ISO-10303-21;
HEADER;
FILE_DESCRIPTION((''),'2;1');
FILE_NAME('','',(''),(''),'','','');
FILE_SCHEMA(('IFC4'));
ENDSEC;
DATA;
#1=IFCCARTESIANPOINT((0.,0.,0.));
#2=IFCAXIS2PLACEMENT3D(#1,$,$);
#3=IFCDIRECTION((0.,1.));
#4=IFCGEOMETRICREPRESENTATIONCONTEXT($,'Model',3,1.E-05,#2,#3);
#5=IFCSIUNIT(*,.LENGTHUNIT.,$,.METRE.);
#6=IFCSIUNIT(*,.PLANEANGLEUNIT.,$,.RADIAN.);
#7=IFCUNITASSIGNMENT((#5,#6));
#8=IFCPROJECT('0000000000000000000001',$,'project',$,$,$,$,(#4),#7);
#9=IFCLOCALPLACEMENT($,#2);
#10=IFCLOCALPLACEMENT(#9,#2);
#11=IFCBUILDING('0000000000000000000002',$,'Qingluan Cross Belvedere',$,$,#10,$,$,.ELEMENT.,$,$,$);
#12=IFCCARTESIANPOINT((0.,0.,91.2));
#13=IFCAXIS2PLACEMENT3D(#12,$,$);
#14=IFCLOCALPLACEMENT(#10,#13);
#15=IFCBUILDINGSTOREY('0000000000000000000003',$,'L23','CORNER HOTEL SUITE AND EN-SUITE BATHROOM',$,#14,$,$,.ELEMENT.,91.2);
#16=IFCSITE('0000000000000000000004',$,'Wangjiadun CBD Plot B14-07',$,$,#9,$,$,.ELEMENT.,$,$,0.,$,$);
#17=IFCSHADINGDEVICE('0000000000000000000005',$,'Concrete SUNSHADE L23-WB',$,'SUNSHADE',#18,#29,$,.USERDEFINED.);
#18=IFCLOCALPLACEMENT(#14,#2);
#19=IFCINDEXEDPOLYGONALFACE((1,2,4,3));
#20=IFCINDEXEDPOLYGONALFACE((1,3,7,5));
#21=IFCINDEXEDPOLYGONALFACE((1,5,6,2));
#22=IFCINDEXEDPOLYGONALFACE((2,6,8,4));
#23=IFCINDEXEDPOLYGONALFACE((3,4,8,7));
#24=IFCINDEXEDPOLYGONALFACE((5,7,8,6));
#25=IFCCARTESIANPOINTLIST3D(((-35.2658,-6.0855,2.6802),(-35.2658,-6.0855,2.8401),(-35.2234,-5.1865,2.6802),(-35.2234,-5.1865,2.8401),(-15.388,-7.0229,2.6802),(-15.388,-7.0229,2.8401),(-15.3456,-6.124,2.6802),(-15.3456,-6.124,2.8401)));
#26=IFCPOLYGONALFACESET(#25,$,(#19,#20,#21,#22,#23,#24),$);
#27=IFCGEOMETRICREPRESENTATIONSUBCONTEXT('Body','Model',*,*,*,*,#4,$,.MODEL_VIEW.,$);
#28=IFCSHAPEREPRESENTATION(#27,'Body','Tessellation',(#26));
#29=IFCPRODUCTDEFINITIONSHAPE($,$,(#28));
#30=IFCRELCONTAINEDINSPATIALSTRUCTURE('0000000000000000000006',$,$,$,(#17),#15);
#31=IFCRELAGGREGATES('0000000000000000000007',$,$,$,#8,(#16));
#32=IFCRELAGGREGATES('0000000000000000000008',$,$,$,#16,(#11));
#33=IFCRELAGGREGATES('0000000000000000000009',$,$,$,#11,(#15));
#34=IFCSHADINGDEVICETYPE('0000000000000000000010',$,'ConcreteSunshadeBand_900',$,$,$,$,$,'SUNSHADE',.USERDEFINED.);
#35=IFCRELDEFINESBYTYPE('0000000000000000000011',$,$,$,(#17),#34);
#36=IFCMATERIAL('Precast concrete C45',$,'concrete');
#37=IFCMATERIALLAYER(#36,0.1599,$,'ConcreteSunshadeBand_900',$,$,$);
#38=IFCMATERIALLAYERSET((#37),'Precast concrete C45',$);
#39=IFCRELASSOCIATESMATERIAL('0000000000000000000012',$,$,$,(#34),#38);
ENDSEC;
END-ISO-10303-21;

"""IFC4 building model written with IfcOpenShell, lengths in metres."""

from ifc_helpers import new_model, si_unit, direction, frame, origin, origin_2d, place, context, subcontext, project, spatial, rectangle, extrude, material, layer, layer_set, type_object, element, save


model = new_model("IFC4")

# Units and contexts
model_context = context("Model", 3, precision=1e-05, world=origin(), true_north=direction((0.0, 1.0)))
body_context = subcontext(model_context, "Body", "Model", "MODEL_VIEW")
ifc_project = project(units=[si_unit("LENGTHUNIT", "METRE"), si_unit("PLANEANGLEUNIT", "RADIAN")], contexts=[model_context])

# Site, building, storey
site_placement = place(None, origin())
site = spatial("IfcSite", under=ifc_project, at=site_placement, Name="Wangjiadun CBD Plot B14-07", CompositionType="ELEMENT", RefElevation=0.0)
building_placement = place(site_placement, origin())
building = spatial("IfcBuilding", under=site, at=building_placement, Name="Qingluan Cross Belvedere", CompositionType="ELEMENT")
storey_placement = place(building_placement, frame((0.0, 0.0, 91.2)))
storey = spatial("IfcBuildingStorey", under=building, at=storey_placement, Name="L23", Description="CORNER HOTEL SUITE AND EN-SUITE BATHROOM", CompositionType="ELEMENT", Elevation=91.2)

# Shading device
ifc_material_1 = material(Name="Precast concrete C45", Category="concrete")
ifc_layer_1 = layer(ifc_material_1, 0.1599, Name="ConcreteSunshadeBand_900")
ifc_layer_set_1 = layer_set([ifc_layer_1], Name="Precast concrete C45")
shading_device_type = type_object("IfcShadingDeviceType", Name="ConcreteSunshadeBand_900", ElementType="SUNSHADE", PredefinedType="USERDEFINED", material=ifc_layer_set_1)
shading_device_placement = place(storey_placement, frame((-25.3057, -6.1047, 2.6802), z_axis=(0.0, 0.0, 1.0), x_axis=(0.99889, -0.047109, 0.0)))
element("IfcShadingDevice", 1, at=shading_device_placement, inside=storey, type_object=shading_device_type, Name="Concrete SUNSHADE L23-WB", ObjectType="SUNSHADE", PredefinedType="USERDEFINED", context=body_context, shape_type="SweptSolid", body=[
    extrude(rectangle(XDim=19.8999, YDim=0.8999, at=origin_2d()), origin(), (0.0, 0.0, 1.0), 0.1599),
])

save(model, "model.ifc")
